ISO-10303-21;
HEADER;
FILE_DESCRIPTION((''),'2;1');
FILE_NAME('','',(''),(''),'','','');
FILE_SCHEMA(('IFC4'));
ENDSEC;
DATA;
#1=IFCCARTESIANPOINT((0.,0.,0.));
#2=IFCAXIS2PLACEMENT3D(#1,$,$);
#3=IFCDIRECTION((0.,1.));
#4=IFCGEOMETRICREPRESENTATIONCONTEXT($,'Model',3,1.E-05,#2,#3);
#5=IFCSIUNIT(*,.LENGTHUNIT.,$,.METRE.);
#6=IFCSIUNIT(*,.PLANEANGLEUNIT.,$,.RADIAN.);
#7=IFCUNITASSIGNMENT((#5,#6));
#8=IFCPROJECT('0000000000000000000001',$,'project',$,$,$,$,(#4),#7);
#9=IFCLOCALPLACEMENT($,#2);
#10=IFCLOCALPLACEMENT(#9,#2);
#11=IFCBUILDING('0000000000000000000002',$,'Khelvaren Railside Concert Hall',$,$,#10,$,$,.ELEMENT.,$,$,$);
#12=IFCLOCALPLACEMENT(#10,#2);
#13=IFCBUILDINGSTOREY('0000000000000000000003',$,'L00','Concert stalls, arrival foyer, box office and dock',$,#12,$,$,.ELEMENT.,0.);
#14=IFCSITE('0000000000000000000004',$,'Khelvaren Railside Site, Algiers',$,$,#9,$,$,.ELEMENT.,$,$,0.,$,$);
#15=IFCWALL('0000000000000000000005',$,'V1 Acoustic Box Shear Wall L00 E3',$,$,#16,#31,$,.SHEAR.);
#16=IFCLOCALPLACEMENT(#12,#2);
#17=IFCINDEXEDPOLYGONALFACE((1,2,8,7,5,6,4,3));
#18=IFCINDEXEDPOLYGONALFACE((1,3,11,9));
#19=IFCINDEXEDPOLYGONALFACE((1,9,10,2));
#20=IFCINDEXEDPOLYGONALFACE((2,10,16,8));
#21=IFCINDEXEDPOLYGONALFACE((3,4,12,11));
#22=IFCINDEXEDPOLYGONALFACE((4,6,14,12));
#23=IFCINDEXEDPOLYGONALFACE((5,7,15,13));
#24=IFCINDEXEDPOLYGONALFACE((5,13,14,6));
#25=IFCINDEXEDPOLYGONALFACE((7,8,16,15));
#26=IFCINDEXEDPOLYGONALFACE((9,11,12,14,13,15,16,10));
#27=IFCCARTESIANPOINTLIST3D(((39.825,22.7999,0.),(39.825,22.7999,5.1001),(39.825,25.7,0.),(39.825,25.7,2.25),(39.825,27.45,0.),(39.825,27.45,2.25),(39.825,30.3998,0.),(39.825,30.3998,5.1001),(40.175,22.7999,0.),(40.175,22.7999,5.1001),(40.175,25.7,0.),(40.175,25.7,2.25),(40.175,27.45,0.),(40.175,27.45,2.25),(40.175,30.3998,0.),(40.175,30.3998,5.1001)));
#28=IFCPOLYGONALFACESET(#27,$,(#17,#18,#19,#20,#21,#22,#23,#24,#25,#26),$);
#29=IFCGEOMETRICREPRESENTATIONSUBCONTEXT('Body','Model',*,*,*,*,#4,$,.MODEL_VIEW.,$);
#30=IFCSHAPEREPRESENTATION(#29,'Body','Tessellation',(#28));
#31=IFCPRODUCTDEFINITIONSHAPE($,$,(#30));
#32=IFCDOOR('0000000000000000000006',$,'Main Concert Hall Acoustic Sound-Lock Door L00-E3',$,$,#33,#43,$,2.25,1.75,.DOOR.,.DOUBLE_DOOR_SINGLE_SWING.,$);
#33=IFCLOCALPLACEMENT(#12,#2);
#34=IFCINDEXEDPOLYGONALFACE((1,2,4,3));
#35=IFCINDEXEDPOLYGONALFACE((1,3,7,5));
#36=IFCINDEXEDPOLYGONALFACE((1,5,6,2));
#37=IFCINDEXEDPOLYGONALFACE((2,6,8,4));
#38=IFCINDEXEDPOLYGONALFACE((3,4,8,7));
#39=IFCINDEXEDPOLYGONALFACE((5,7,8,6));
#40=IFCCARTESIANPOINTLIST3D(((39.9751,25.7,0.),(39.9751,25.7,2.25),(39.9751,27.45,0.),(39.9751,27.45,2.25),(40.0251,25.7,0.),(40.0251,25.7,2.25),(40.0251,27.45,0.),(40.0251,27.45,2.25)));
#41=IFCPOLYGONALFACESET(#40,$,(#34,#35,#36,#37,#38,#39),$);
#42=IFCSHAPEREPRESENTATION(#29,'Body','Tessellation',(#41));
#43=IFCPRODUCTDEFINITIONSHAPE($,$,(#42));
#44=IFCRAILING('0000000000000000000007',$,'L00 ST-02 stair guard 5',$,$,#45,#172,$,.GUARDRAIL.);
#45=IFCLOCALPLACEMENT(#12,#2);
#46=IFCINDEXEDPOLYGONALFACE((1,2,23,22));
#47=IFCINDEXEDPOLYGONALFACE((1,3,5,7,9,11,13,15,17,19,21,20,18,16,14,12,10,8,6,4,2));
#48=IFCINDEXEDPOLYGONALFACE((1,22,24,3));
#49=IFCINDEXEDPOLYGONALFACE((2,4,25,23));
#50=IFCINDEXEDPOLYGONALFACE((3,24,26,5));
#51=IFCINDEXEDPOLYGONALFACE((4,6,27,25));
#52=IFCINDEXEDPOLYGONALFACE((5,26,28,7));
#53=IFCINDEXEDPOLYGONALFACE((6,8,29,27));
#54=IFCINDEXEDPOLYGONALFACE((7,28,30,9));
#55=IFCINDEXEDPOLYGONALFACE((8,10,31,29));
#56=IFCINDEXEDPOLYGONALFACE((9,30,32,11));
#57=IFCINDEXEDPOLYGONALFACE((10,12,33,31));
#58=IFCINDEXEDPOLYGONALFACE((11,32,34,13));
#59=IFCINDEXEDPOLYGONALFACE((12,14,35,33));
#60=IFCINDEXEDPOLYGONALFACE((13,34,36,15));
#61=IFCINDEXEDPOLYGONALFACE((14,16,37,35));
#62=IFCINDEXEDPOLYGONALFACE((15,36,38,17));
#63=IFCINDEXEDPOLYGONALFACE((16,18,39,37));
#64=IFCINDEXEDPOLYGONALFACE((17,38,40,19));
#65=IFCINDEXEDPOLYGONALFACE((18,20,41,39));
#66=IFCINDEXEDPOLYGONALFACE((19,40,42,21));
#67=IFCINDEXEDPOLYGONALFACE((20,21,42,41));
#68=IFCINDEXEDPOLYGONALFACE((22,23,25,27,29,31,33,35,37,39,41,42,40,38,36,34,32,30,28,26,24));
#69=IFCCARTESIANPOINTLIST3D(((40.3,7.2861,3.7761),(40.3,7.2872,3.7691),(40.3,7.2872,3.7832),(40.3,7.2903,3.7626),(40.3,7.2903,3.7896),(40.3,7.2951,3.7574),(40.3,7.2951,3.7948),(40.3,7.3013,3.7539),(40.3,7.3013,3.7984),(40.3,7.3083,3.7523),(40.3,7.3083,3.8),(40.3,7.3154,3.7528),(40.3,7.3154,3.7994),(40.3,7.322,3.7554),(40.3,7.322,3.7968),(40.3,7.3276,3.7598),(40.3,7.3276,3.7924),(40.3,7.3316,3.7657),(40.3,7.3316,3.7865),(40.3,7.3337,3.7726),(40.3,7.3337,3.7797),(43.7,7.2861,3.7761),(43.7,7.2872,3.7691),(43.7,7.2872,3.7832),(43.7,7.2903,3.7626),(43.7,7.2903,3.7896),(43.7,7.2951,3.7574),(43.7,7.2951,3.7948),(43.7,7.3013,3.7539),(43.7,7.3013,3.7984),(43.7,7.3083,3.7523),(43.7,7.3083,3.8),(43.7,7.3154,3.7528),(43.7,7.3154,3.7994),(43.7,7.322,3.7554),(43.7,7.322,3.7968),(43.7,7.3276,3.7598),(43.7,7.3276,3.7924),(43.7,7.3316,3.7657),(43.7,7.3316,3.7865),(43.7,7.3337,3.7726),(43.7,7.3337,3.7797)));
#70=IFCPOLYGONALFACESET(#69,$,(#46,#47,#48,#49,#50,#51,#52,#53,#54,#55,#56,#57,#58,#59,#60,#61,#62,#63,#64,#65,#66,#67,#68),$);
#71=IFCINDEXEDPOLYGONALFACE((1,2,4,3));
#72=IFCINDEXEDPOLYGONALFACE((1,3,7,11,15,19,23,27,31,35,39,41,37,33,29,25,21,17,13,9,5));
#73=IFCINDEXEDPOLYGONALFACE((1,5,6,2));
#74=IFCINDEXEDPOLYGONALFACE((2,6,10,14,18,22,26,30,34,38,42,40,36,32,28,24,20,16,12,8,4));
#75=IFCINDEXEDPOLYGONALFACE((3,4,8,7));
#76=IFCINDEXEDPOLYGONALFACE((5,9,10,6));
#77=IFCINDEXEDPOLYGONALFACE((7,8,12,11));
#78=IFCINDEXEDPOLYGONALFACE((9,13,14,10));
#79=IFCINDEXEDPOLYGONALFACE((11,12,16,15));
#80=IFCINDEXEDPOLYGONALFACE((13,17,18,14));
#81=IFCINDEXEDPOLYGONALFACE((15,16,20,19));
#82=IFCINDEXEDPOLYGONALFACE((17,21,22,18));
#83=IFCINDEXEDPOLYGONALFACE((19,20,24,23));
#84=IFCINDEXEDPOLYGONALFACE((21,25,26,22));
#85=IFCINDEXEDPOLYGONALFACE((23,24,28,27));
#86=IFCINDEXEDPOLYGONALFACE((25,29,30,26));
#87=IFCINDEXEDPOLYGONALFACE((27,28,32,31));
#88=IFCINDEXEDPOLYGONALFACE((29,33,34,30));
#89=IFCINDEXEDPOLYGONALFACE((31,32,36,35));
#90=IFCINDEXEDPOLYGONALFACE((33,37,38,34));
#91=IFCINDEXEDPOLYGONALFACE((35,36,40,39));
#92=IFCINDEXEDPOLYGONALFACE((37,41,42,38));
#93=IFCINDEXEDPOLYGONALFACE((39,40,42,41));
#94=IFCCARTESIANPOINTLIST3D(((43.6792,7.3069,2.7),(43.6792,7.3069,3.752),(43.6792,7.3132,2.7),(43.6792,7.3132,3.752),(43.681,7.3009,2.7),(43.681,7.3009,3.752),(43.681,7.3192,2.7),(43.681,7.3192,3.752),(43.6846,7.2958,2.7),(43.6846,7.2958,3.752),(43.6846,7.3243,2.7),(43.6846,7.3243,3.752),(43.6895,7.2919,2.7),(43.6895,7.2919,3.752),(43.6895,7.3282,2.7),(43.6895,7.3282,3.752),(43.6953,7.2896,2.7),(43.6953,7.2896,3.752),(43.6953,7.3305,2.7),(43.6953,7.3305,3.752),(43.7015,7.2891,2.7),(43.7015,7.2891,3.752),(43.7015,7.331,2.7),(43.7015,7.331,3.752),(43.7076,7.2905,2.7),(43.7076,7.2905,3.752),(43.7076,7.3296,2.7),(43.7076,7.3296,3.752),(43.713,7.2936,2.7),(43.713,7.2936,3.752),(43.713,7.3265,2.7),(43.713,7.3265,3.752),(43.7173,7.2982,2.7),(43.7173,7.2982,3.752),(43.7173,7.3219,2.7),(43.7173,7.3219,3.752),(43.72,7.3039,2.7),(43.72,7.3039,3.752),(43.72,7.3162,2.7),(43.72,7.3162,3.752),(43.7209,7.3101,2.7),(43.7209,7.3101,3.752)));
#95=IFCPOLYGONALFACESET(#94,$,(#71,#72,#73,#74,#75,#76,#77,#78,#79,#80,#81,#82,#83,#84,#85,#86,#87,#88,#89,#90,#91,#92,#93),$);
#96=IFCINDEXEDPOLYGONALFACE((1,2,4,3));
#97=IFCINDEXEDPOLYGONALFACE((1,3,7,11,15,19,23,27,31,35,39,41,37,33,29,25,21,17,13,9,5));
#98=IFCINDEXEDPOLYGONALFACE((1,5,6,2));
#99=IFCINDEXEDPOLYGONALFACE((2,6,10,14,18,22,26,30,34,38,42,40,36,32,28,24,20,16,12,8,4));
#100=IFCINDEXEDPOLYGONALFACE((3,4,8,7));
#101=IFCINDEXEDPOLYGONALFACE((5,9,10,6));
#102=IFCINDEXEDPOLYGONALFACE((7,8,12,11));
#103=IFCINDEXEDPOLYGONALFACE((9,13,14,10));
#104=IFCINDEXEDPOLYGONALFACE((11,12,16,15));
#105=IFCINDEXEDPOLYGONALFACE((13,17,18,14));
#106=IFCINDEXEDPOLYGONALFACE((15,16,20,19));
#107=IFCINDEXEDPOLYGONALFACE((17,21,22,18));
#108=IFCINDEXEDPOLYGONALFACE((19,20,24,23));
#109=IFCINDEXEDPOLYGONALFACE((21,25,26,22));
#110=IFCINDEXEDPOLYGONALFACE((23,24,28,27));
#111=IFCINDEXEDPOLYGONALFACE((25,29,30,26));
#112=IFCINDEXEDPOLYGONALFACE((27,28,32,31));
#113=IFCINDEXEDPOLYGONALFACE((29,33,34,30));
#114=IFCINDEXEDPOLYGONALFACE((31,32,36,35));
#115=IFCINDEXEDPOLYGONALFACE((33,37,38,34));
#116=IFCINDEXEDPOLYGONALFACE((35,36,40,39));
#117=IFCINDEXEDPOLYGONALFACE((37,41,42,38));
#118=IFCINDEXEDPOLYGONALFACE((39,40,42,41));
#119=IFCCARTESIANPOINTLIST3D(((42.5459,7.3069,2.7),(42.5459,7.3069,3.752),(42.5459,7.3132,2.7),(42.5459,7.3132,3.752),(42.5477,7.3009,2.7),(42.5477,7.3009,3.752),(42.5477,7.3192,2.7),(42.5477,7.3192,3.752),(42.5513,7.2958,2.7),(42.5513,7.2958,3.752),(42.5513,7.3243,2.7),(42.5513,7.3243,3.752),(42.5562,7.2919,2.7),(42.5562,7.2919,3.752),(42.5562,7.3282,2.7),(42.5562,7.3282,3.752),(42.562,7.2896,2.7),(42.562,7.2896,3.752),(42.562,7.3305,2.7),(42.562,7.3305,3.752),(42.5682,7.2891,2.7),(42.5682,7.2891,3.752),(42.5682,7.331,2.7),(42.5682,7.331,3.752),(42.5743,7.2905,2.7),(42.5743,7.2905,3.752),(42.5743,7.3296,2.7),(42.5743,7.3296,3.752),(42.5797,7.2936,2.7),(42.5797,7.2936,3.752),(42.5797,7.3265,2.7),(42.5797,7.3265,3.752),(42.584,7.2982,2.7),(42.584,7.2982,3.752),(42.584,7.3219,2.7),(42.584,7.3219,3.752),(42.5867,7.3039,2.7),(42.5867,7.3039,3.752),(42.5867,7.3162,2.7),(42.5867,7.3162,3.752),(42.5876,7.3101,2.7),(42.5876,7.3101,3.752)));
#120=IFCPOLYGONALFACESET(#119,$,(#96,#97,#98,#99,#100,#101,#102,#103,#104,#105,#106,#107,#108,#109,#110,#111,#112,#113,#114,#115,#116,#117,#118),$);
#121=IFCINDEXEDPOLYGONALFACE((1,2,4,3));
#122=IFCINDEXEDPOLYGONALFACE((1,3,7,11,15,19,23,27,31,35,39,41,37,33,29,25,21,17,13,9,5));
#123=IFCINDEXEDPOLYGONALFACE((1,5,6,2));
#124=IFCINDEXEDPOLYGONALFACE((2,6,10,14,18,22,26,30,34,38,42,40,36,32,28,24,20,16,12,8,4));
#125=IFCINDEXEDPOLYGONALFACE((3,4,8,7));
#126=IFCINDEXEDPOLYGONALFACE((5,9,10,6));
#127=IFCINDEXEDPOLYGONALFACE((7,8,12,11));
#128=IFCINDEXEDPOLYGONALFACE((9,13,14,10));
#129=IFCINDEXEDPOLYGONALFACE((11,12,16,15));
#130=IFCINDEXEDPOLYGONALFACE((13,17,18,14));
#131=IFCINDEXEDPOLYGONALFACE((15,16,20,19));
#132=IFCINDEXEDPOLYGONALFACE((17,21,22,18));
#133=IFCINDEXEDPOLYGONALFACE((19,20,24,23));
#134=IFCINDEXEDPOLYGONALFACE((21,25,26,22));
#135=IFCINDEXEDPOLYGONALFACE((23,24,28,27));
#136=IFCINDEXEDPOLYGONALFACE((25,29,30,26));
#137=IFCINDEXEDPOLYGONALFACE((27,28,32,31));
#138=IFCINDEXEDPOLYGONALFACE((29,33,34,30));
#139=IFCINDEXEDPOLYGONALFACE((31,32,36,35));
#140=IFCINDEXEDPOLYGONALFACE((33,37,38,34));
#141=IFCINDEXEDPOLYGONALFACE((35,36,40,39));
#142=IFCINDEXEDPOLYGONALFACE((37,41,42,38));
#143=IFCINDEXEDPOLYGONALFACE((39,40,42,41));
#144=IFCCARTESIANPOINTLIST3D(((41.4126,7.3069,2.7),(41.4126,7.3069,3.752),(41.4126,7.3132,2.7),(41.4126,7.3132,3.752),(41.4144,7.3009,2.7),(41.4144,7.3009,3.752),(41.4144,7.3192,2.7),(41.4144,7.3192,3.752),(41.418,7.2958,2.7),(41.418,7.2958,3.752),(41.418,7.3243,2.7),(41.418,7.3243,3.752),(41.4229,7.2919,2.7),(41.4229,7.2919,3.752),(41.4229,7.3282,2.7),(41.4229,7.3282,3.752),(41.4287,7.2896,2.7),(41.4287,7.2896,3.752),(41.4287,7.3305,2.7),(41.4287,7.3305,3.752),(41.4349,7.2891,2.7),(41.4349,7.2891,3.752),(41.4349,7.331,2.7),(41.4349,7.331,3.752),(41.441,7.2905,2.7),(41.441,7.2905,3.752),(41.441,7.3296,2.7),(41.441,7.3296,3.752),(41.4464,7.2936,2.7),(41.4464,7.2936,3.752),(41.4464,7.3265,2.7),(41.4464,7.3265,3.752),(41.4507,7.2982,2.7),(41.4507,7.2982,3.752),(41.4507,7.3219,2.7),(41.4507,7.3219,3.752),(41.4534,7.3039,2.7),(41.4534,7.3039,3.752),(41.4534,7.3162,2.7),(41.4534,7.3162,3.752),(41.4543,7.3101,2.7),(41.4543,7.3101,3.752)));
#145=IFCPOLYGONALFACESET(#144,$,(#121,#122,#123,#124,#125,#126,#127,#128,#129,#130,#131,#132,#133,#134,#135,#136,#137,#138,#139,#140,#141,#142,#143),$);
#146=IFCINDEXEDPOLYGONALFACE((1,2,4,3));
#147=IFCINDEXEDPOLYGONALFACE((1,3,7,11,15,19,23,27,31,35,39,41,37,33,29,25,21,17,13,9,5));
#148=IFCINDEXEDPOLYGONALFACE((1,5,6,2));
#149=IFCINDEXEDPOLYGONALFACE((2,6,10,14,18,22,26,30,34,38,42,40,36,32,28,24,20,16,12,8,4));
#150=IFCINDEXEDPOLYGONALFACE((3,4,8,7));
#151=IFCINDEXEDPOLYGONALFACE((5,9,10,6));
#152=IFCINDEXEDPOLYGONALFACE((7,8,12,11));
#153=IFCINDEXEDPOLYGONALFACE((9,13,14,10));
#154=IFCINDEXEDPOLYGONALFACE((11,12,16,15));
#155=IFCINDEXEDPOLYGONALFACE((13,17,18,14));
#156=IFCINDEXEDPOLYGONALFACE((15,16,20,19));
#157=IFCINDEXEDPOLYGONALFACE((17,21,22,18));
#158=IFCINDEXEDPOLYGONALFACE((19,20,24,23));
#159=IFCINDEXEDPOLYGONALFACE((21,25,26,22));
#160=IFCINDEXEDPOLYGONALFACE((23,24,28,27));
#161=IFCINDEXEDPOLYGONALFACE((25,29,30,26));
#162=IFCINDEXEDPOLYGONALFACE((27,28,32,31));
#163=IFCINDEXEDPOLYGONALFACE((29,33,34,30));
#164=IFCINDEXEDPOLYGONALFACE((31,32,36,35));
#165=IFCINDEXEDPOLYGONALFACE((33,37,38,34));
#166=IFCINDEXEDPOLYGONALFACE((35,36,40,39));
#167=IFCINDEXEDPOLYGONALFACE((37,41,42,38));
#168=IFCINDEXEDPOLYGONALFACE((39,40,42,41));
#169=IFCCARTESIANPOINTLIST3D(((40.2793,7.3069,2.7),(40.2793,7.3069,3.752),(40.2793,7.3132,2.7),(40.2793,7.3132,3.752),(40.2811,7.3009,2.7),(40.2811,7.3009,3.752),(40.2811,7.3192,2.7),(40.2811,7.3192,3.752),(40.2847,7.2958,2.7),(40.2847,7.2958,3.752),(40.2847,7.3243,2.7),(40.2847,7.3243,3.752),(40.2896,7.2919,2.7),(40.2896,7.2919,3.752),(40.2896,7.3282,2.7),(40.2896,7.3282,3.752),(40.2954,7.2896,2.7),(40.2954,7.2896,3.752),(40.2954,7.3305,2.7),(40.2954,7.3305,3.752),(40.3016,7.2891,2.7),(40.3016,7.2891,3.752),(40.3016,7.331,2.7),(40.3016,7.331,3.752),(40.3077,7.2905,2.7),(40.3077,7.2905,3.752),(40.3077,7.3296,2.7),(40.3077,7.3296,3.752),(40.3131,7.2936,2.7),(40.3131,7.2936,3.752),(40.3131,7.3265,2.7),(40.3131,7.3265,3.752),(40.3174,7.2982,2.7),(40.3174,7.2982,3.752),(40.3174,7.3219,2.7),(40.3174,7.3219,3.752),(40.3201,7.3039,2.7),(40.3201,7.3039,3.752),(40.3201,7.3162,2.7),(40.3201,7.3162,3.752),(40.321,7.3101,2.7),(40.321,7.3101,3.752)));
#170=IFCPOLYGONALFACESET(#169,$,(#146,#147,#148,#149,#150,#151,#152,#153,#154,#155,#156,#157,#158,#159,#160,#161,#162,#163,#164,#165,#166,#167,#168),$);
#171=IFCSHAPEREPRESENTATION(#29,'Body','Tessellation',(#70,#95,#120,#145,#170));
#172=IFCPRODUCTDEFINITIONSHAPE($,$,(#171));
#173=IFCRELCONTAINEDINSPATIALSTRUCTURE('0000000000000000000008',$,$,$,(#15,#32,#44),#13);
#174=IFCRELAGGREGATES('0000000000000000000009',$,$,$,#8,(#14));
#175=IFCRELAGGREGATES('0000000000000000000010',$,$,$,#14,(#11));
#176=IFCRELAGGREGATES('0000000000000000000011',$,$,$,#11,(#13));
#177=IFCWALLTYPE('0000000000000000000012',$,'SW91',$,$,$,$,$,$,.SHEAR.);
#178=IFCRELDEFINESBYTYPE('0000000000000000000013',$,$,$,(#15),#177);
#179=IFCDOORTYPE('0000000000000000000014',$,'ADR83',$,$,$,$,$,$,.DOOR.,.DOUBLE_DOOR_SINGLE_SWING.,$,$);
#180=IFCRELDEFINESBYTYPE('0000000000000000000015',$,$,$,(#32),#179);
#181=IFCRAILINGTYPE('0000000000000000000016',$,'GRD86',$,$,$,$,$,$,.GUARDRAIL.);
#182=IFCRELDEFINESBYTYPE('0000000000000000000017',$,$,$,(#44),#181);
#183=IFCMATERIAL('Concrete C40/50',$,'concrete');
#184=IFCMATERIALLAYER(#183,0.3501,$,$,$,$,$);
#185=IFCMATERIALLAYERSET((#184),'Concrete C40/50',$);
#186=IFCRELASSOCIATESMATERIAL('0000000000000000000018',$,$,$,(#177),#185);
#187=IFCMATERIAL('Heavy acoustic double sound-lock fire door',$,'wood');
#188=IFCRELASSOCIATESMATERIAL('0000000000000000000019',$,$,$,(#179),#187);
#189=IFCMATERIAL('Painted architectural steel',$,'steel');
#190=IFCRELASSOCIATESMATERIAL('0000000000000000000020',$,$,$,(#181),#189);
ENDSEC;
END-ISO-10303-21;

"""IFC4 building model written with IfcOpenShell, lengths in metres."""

from ifc_helpers import new_model, si_unit, direction, frame, frame_2d, origin, origin_2d, place, context, subcontext, project, spatial, rectangle, circle, extrude, material, layer, layer_set, type_object, element, fill, save


model = new_model("IFC4")

# Units and contexts
model_context = context("Model", 3, precision=1e-05, world=origin(), true_north=direction((0.0, 1.0)))
body_context = subcontext(model_context, "Body", "Model", "MODEL_VIEW")
ifc_project = project(units=[si_unit("LENGTHUNIT", "METRE"), si_unit("PLANEANGLEUNIT", "RADIAN")], contexts=[model_context])

# Site, building, storey
site_placement = place(None, origin())
site = spatial("IfcSite", under=ifc_project, at=site_placement, Name="Khelvaren Railside Site, Algiers", CompositionType="ELEMENT", RefElevation=0.0)
building_placement = place(site_placement, origin())
building = spatial("IfcBuilding", under=site, at=building_placement, Name="Khelvaren Railside Concert Hall", CompositionType="ELEMENT")
storey_placement = place(building_placement, origin())
storey = spatial("IfcBuildingStorey", under=building, at=storey_placement, Name="L00", Description="Concert stalls, arrival foyer, box office and dock", CompositionType="ELEMENT", Elevation=0.0)

# Shared definitions
ifc_material_1 = material(Name="Concrete C40/50", Category="concrete")

# Shared definitions
ifc_layer_1 = layer(ifc_material_1, 0.3501)
ifc_layer_set_1 = layer_set([ifc_layer_1], Name="Concrete C40/50")
wall_type_1 = type_object("IfcWallType", Name="SW91", PredefinedType="SHEAR", material=ifc_layer_set_1)

# Wall, opening, door
ifc_material_2 = material(Name="Heavy acoustic double sound-lock fire door", Category="wood")
door_type = type_object("IfcDoorType", Name="ADR83", OperationType="DOUBLE_DOOR_SINGLE_SWING", PredefinedType="DOOR", material=ifc_material_2)
wall_1_placement = place(storey_placement, frame((40.0, 22.8, 0.0), z_axis=(0.0, 0.0, 1.0), x_axis=(0.0, 1.0, 0.0)))
wall_1 = element("IfcWall", 1, at=wall_1_placement, inside=storey, type_object=wall_type_1, Name="V1 Acoustic Box Shear Wall L00 E3", PredefinedType="SHEAR", context=body_context, shape_type="SweptSolid", body=[
    extrude(rectangle(XDim=7.5999, YDim=0.3501, at=frame_2d((3.7998, 0.0))), origin(), (0.0, 0.0, 1.0), 5.1001),
])
opening_1_placement = place(wall_1_placement, frame((2.8999, 0.0, 0.0)))
opening_1 = element("IfcOpeningElement", 2, at=opening_1_placement, cuts=wall_1, PredefinedType="OPENING", context=body_context, shape_type="SweptSolid", body=[
    extrude(rectangle(XDim=1.75, YDim=2.25, at=frame_2d((0.875, 1.125))), frame((0.0, 0.1851, 0.0), z_axis=(0.0, -1.0, 0.0), x_axis=(1.0, 0.0, 0.0)), (0.0, 0.0, 1.0), 0.3701),
])
door_1_placement = place(opening_1_placement, origin())
door_1 = element("IfcDoor", 3, at=door_1_placement, inside=storey, type_object=door_type, Name="Main Concert Hall Acoustic Sound-Lock Door L00-E3", OperationType="DOUBLE_DOOR_SINGLE_SWING", OverallHeight=2.25, OverallWidth=1.75, PredefinedType="DOOR", context=body_context, shape_type="SweptSolid", body=[
    extrude(rectangle(XDim=1.75, YDim=2.25, at=frame_2d((0.875, 1.125))), frame((0.0, 0.0249, 0.0), z_axis=(0.0, -1.0, 0.0), x_axis=(1.0, 0.0, 0.0)), (0.0, 0.0, 1.0), 0.05),
])
fill(opening_1, door_1)

# Railing
ifc_material_3 = material(Name="Painted architectural steel", Category="steel")
railing_type = type_object("IfcRailingType", Name="GRD86", PredefinedType="GUARDRAIL", material=ifc_material_3)
railing_1_placement = place(storey_placement, frame((43.7, 7.3101, 2.7)))
element("IfcRailing", 4, at=railing_1_placement, inside=storey, type_object=railing_type, Name="L00 ST-02 stair guard 5", PredefinedType="GUARDRAIL", context=body_context, shape_type="SweptSolid", body=[
    extrude(circle(Radius=0.0239, at=origin_2d()), frame((0.0, 0.0, 1.0762), z_axis=(-1.0, 0.0, 0.0), x_axis=(0.0, -1.0, 0.0)), (0.0, 0.0, 1.0), 3.3999),
    extrude(circle(Radius=0.021, at=origin_2d()), origin(), (0.0, 0.0, 1.0), 1.052),
    extrude(circle(Radius=0.021, at=origin_2d()), frame((-1.1333, 0.0, 0.0)), (0.0, 0.0, 1.0), 1.052),
    extrude(circle(Radius=0.021, at=origin_2d()), frame((-2.2666, 0.0, 0.0)), (0.0, 0.0, 1.0), 1.052),
    extrude(circle(Radius=0.021, at=origin_2d()), frame((-3.3999, 0.0, 0.0)), (0.0, 0.0, 1.0), 1.052),
])

save(model, "model.ifc")
